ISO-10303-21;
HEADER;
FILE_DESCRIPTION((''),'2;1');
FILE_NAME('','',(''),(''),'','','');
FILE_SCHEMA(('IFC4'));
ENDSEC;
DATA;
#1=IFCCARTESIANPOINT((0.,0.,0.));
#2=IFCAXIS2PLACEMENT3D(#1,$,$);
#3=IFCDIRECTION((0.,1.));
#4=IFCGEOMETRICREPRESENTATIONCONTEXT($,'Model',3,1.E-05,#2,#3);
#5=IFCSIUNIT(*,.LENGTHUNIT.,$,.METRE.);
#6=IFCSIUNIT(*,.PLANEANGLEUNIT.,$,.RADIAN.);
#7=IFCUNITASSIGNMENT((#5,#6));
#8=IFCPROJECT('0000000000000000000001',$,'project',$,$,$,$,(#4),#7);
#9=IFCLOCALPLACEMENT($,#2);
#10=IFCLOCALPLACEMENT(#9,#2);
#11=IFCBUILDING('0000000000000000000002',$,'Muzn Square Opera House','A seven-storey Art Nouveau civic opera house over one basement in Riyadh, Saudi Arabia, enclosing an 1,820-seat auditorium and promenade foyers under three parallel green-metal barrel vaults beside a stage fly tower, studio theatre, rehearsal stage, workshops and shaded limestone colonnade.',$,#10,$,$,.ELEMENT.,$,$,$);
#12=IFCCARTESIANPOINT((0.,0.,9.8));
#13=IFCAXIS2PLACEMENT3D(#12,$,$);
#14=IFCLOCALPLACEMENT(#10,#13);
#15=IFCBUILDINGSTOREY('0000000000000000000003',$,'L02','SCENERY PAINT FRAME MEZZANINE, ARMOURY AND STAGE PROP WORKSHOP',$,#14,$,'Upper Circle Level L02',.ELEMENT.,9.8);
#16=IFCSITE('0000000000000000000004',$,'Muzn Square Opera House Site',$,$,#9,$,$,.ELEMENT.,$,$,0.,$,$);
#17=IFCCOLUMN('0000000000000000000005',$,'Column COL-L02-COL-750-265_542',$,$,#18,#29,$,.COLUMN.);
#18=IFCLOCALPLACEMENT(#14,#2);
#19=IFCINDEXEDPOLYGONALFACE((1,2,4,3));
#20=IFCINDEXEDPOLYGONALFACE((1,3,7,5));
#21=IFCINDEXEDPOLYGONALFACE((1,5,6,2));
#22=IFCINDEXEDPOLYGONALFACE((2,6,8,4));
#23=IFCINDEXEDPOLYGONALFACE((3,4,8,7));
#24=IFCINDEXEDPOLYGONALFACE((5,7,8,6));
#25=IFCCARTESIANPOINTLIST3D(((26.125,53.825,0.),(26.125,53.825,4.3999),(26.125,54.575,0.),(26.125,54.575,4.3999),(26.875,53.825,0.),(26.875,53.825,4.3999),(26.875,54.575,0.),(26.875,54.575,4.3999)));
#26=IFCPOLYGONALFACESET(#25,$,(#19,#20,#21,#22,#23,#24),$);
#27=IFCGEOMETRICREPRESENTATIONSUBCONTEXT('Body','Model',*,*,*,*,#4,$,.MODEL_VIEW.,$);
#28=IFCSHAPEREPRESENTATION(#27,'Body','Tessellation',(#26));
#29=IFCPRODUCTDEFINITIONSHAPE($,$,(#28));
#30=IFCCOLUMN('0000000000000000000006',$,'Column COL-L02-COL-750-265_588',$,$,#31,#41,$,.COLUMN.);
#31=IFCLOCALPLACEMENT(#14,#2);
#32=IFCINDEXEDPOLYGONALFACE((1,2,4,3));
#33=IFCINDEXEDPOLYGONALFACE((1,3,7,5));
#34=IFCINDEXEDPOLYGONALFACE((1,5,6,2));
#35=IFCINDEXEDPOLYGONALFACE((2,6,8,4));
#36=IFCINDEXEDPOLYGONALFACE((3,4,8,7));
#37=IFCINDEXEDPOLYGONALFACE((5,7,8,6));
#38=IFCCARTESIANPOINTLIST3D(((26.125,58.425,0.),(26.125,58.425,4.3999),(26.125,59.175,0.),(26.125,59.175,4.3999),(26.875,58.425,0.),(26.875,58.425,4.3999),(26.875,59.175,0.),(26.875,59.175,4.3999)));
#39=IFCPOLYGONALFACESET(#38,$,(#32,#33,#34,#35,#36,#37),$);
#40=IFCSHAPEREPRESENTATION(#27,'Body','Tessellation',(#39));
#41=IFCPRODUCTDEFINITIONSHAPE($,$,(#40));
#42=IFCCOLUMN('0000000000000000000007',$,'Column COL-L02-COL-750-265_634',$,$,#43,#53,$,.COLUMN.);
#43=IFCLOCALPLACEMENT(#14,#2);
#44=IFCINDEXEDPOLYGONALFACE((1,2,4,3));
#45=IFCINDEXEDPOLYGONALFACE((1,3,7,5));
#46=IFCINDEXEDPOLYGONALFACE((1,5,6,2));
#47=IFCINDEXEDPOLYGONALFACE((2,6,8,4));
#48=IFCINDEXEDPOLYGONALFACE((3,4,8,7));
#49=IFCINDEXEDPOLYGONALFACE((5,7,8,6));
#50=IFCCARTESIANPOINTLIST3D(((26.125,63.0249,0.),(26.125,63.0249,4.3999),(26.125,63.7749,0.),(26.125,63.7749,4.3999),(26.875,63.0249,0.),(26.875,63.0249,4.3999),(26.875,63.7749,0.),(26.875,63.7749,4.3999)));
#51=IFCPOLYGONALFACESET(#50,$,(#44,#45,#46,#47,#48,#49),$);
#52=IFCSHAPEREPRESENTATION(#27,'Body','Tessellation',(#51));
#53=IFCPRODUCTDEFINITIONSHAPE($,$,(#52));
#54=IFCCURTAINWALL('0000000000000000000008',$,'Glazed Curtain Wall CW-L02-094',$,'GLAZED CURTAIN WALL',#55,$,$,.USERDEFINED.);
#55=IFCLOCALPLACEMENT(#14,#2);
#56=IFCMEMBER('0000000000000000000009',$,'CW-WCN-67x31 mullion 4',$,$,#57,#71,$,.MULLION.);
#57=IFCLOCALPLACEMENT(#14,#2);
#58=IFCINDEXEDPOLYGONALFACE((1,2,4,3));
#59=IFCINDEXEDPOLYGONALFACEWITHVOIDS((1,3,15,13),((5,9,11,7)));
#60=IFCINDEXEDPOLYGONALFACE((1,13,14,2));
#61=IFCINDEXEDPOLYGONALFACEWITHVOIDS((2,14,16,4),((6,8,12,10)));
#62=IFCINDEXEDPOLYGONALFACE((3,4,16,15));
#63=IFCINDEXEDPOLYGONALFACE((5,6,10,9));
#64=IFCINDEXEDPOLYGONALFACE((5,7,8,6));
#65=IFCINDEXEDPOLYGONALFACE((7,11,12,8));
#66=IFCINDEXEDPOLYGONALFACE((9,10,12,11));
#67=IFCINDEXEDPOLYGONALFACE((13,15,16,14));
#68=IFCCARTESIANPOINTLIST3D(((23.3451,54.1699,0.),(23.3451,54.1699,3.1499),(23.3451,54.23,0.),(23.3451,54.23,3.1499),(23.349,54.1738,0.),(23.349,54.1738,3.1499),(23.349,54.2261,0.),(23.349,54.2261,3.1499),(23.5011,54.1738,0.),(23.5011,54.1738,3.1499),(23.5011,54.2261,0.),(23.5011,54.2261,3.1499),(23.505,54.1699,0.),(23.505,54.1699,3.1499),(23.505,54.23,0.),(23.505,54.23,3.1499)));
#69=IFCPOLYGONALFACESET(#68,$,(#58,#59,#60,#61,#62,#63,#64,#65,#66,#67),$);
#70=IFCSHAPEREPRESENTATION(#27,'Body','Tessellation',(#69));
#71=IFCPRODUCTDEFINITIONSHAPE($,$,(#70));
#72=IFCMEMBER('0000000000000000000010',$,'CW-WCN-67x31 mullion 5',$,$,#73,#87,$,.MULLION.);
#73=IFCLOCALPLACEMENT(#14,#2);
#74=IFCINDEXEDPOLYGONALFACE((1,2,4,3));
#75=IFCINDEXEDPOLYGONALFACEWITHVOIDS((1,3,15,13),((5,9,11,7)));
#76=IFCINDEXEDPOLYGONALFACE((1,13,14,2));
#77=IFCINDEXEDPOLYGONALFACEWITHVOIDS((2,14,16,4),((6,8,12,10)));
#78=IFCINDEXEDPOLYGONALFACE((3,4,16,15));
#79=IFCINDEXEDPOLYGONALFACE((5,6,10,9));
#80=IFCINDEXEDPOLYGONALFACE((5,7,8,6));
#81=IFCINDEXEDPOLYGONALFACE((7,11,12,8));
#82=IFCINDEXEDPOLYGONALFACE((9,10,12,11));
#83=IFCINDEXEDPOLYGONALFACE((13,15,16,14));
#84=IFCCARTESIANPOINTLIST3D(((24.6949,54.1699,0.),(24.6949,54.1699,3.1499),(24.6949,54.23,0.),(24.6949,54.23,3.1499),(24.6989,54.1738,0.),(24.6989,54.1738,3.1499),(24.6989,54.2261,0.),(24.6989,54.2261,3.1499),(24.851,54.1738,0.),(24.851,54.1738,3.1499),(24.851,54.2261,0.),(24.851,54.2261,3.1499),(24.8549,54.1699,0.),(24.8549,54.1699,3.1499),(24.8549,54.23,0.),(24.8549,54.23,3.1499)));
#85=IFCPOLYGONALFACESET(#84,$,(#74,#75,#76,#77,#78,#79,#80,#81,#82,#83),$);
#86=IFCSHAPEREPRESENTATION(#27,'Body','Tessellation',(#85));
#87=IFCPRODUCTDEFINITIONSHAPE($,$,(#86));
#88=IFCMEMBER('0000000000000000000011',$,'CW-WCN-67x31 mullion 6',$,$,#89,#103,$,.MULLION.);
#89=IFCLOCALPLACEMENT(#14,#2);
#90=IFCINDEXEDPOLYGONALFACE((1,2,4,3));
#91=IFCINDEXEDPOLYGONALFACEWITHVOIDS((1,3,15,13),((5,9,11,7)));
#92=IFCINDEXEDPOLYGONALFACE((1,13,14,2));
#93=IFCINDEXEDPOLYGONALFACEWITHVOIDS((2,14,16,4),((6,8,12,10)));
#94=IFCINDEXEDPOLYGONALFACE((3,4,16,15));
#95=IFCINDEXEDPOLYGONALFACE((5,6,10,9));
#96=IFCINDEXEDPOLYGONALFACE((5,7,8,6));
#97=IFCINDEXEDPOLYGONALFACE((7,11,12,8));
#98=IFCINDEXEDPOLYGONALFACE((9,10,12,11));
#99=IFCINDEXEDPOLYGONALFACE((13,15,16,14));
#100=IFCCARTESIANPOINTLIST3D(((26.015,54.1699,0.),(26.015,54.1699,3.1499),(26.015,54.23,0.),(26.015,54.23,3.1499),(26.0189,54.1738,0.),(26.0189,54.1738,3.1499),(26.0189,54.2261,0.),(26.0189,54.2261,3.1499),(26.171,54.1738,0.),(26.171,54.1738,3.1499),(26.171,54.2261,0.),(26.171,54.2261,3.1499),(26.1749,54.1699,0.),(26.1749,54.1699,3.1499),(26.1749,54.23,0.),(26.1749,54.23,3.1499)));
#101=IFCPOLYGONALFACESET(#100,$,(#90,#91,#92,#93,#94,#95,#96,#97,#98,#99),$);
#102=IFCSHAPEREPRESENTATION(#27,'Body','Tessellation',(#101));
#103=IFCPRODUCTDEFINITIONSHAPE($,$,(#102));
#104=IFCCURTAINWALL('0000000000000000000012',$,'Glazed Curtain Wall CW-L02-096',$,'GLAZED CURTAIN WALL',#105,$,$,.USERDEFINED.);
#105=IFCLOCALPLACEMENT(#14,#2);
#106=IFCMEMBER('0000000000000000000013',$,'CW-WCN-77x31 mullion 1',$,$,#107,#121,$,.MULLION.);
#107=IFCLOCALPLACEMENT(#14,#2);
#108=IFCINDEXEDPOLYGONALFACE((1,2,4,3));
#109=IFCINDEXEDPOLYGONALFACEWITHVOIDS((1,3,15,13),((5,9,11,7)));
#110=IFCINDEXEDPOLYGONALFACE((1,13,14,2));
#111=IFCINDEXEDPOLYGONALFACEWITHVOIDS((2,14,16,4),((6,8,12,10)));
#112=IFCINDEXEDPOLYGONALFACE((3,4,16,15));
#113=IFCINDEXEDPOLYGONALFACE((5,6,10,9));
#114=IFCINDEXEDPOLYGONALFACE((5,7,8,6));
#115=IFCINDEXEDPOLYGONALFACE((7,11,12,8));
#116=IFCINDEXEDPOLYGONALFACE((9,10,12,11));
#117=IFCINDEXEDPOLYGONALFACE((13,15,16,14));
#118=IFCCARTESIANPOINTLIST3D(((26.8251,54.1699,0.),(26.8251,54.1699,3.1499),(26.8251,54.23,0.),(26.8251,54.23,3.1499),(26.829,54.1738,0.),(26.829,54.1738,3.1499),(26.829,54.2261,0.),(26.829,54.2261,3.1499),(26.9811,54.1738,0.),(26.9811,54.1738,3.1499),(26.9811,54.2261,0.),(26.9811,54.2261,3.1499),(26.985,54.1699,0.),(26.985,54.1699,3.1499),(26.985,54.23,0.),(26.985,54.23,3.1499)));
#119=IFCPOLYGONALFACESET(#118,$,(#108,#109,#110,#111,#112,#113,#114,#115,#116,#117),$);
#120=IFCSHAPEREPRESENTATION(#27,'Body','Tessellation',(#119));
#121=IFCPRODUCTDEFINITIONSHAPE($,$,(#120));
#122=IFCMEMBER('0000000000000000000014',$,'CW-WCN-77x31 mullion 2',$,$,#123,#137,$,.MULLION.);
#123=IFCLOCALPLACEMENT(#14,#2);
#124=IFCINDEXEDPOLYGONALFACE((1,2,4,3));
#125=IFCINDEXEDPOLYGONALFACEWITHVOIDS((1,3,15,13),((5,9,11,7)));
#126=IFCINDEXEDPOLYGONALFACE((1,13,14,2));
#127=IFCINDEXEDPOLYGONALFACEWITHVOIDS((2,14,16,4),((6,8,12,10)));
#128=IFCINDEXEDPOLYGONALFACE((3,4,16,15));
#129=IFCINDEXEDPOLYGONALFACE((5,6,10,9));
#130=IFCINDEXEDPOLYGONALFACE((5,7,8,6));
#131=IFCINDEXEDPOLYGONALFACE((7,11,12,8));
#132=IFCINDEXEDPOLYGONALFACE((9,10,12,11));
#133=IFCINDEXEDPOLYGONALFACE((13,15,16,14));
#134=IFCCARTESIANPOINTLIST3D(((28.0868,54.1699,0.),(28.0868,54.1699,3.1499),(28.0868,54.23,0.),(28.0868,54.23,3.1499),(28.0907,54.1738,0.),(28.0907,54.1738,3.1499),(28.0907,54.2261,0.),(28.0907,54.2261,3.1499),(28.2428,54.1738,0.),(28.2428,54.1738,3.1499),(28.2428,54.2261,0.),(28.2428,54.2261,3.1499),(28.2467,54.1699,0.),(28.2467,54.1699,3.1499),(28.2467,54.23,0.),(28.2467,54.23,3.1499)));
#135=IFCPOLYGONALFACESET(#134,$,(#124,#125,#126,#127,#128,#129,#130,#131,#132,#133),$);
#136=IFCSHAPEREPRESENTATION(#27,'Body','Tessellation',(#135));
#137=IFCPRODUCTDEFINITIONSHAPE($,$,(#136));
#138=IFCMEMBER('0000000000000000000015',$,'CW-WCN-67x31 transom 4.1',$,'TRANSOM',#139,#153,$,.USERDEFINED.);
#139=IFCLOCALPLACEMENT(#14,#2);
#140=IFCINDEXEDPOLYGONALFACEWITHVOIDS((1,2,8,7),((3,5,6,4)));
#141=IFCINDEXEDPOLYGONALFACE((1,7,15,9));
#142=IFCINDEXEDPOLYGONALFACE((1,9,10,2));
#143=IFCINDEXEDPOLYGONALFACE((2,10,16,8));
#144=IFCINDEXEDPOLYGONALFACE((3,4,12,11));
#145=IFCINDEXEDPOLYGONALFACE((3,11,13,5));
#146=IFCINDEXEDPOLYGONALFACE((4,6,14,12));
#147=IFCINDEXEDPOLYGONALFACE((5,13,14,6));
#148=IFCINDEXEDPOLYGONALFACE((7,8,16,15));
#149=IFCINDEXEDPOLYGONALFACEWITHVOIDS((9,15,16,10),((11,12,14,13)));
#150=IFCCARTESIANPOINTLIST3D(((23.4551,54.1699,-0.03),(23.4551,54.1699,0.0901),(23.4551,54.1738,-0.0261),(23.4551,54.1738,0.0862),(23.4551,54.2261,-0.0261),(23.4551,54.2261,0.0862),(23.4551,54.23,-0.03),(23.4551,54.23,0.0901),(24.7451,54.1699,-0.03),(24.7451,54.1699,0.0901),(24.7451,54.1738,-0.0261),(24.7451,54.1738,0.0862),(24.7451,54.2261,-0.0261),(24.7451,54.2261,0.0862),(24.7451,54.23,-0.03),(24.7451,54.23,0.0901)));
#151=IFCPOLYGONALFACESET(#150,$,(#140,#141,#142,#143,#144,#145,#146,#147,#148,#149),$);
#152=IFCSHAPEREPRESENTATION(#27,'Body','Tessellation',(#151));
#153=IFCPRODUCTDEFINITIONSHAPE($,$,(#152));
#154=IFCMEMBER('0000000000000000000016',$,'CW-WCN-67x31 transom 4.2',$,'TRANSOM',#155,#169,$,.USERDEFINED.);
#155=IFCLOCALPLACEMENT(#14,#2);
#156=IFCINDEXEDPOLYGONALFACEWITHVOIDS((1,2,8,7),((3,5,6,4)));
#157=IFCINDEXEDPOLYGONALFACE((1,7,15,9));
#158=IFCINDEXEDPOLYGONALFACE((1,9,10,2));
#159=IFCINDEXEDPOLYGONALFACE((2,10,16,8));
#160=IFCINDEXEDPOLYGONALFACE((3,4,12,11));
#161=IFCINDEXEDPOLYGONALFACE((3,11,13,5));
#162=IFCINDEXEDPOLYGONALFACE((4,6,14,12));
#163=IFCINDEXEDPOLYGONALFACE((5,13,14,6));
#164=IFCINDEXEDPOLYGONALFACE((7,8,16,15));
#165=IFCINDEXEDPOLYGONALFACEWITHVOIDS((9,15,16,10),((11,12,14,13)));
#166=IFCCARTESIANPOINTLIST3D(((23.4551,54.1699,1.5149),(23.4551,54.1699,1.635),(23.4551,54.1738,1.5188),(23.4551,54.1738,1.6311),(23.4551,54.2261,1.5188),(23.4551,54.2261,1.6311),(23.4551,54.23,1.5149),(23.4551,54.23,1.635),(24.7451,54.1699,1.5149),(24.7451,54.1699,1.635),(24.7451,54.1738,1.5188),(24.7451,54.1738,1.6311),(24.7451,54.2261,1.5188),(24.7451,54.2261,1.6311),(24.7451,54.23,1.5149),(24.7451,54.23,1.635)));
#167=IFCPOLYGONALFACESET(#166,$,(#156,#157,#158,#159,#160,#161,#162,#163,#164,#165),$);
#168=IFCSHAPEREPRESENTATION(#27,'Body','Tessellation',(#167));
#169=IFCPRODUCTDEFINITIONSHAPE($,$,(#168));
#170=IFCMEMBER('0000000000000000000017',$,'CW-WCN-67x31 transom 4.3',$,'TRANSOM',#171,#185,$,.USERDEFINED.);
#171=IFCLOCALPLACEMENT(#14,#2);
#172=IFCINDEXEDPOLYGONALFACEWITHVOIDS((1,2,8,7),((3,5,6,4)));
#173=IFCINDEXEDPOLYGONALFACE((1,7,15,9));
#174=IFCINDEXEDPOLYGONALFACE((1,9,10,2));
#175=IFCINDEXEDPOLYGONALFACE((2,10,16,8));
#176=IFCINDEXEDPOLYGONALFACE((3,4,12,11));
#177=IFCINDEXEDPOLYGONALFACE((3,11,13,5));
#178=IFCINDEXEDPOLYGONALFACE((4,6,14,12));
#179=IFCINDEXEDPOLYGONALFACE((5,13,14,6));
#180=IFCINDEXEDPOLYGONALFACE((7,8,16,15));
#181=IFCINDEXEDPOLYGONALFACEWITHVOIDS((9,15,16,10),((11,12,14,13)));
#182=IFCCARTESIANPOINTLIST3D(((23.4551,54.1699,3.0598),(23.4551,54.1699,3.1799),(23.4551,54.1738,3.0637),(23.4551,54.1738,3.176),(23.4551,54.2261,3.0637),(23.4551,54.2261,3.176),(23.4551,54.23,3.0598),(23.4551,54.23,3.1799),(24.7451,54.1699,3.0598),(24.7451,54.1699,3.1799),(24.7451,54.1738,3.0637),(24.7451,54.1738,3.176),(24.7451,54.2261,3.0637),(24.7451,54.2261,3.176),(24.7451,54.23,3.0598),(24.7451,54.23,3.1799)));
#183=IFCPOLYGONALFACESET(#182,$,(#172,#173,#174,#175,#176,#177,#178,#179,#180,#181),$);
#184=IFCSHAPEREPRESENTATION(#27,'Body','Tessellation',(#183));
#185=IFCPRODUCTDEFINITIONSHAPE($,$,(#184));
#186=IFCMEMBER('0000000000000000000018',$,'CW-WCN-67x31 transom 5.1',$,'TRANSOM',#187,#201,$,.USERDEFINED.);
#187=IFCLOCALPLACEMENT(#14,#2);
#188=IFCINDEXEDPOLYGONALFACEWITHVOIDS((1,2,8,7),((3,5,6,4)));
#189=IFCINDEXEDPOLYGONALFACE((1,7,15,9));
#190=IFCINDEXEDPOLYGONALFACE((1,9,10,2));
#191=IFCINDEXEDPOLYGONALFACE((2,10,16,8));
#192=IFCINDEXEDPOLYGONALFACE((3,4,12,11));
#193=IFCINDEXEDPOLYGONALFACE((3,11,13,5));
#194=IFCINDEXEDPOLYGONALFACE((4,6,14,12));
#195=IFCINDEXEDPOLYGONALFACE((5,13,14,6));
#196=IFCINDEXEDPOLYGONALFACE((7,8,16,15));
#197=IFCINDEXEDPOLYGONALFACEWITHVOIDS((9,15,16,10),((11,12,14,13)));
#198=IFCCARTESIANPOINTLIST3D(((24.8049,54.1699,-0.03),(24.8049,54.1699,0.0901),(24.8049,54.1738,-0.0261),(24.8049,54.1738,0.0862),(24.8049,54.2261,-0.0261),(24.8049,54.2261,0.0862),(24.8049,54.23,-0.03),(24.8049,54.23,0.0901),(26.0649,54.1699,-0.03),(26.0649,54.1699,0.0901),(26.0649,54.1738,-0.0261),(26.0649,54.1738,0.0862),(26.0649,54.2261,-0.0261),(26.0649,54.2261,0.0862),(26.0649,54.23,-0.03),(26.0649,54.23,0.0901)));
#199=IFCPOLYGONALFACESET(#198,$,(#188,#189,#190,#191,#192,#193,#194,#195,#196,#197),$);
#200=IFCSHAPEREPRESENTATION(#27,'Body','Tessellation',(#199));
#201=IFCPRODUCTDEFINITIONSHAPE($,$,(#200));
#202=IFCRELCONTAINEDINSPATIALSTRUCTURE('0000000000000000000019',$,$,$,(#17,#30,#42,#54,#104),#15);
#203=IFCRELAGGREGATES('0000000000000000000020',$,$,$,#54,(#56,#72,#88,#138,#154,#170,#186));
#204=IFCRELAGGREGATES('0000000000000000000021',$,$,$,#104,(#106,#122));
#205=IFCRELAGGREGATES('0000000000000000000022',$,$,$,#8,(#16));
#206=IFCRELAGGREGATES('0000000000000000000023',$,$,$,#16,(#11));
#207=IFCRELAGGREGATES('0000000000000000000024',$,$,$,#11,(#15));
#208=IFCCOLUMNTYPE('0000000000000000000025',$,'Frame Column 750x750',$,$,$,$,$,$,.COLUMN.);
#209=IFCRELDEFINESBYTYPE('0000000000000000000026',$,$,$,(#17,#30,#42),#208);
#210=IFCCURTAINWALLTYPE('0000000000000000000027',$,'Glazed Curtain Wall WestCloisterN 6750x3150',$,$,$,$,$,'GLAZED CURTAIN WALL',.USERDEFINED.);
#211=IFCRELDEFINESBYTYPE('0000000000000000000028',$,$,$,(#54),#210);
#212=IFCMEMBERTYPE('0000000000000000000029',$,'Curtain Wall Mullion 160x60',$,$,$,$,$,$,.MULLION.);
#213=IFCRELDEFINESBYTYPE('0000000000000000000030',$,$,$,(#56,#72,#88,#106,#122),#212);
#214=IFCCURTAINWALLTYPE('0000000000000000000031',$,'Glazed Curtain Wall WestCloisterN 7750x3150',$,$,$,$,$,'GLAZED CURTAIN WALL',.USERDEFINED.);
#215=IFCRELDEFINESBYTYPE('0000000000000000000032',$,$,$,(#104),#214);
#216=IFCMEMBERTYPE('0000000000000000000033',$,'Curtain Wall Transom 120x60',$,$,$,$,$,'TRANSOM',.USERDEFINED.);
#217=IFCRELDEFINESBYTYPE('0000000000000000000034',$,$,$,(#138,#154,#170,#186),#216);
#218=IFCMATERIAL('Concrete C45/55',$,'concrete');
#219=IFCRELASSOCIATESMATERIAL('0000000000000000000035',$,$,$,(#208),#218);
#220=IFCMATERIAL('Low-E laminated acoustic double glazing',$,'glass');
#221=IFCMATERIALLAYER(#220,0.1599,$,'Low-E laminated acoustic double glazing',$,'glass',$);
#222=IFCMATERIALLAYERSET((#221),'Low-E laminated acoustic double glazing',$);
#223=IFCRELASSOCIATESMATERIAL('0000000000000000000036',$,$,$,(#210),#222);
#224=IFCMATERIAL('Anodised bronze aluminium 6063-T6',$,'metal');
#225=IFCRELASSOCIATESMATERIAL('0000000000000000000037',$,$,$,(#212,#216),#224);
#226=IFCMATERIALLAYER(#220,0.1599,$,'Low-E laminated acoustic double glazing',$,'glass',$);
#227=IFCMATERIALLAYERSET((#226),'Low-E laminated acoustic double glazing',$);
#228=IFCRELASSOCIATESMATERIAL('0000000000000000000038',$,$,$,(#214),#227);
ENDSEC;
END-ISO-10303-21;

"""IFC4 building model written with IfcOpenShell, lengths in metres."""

from ifc_helpers import new_model, si_unit, direction, frame, origin, origin_2d, place, context, subcontext, project, spatial, rectangle, hollow_rectangle, extrude, material, layer, layer_set, material_profile, profile_set, type_object, element, aggregate, save


model = new_model("IFC4")

# Units and contexts
model_context = context("Model", 3, precision=1e-05, world=origin(), true_north=direction((0.0, 1.0)))
body_context = subcontext(model_context, "Body", "Model", "MODEL_VIEW")
ifc_project = project(units=[si_unit("LENGTHUNIT", "METRE"), si_unit("PLANEANGLEUNIT", "RADIAN")], contexts=[model_context])

# Site, building, storey
site_placement = place(None, origin())
site = spatial("IfcSite", under=ifc_project, at=site_placement, Name="Muzn Square Opera House Site", CompositionType="ELEMENT", RefElevation=0.0)
building_placement = place(site_placement, origin())
building = spatial("IfcBuilding", under=site, at=building_placement, Name="Muzn Square Opera House", Description="A seven-storey Art Nouveau civic opera house over one basement in Riyadh, Saudi Arabia, enclosing an 1,820-seat auditorium and promenade foyers under three parallel green-metal barrel vaults beside a stage fly tower, studio theatre, rehearsal stage, workshops and shaded limestone colonnade.", CompositionType="ELEMENT")
storey_placement = place(building_placement, frame((0.0, 0.0, 9.8)))
storey = spatial("IfcBuildingStorey", under=building, at=storey_placement, Name="L02", Description="SCENERY PAINT FRAME MEZZANINE, ARMOURY AND STAGE PROP WORKSHOP", LongName="Upper Circle Level L02", CompositionType="ELEMENT", Elevation=9.8)

# Columns
ifc_material_1 = material(Name="Concrete C45/55", Category="concrete")
ifc_material_profile_1 = material_profile(ifc_material_1, rectangle(XDim=0.75, YDim=0.75, at=origin_2d()), Name="RC 750x750", Category="concrete")
ifc_profile_set_1 = profile_set([ifc_material_profile_1], Name="Concrete C45/55")
column_type = type_object("IfcColumnType", Name="Frame Column 750x750", PredefinedType="COLUMN", material=ifc_profile_set_1)
for number, where, z_axis, x_axis, name in (
    (1, (26.5, 54.2, 0.0), (0.0, 0.0, 1.0), (1.0, 0.0, 0.0), "Column COL-L02-COL-750-265_542"),
    (2, (26.5, 58.8, 0.0), (0.0, 0.0, 1.0), (1.0, 0.0, 0.0), "Column COL-L02-COL-750-265_588"),
    (3, (26.5, 63.3999, 0.0), (0.0, 0.0, 1.0), (1.0, 0.0, 0.0), "Column COL-L02-COL-750-265_634"),
):
    element("IfcColumn", number, at=place(storey_placement, frame(where, z_axis=z_axis, x_axis=x_axis)), inside=storey, type_object=column_type, Name=name, PredefinedType="COLUMN", context=body_context, shape_type="SweptSolid", body=[
        extrude(rectangle(XDim=0.75, YDim=0.75, at=origin_2d()), origin(), (0.0, 0.0, 1.0), 4.3999),
    ])

# Curtain walls, members
ifc_material_2 = material(Name="Low-E laminated acoustic double glazing", Category="glass")
ifc_layer_1 = layer(ifc_material_2, 0.1599, Name="Low-E laminated acoustic double glazing", Category="glass")
ifc_layer_set_1 = layer_set([ifc_layer_1], Name="Low-E laminated acoustic double glazing")
curtain_wall_type_1 = type_object("IfcCurtainWallType", Name="Glazed Curtain Wall WestCloisterN 6750x3150", ElementType="GLAZED CURTAIN WALL", PredefinedType="USERDEFINED", material=ifc_layer_set_1)
curtain_wall_1_placement = place(storey_placement, origin())
curtain_wall_1 = element("IfcCurtainWall", 4, at=curtain_wall_1_placement, inside=storey, type_object=curtain_wall_type_1, Name="Glazed Curtain Wall CW-L02-094", ObjectType="GLAZED CURTAIN WALL", PredefinedType="USERDEFINED")
ifc_material_3 = material(Name="Anodised bronze aluminium 6063-T6", Category="metal")
ifc_material_profile_2 = material_profile(ifc_material_3, hollow_rectangle(XDim=0.0601, YDim=0.1599, WallThickness=0.0039, at=origin_2d()), Name="ALU 160x60x4", Category="metal")
ifc_profile_set_2 = profile_set([ifc_material_profile_2], Name="Anodised bronze aluminium 6063-T6")
member_type_1 = type_object("IfcMemberType", Name="Curtain Wall Mullion 160x60", PredefinedType="MULLION", material=ifc_profile_set_2)
member_1_placement = place(storey_placement, frame((23.425, 54.2, 0.0), z_axis=(0.0, 0.0, 1.0), x_axis=(0.0, 1.0, 0.0)))
member_1 = element("IfcMember", 5, at=member_1_placement, type_object=member_type_1, Name="CW-WCN-67x31 mullion 4", PredefinedType="MULLION", context=body_context, shape_type="SweptSolid", body=[
    extrude(hollow_rectangle(XDim=0.0601, YDim=0.1599, WallThickness=0.0039, at=origin_2d()), origin(), (0.0, 0.0, 1.0), 3.1499),
])
member_2_placement = place(storey_placement, frame((24.7749, 54.2, 0.0), z_axis=(0.0, 0.0, 1.0), x_axis=(0.0, 1.0, 0.0)))
member_2 = element("IfcMember", 6, at=member_2_placement, type_object=member_type_1, Name="CW-WCN-67x31 mullion 5", PredefinedType="MULLION", context=body_context, shape_type="SweptSolid", body=[
    extrude(hollow_rectangle(XDim=0.0601, YDim=0.1599, WallThickness=0.0039, at=origin_2d()), origin(), (0.0, 0.0, 1.0), 3.1499),
])
member_3_placement = place(storey_placement, frame((26.095, 54.2, 0.0), z_axis=(0.0, 0.0, 1.0), x_axis=(0.0, 1.0, 0.0)))
member_3 = element("IfcMember", 7, at=member_3_placement, type_object=member_type_1, Name="CW-WCN-67x31 mullion 6", PredefinedType="MULLION", context=body_context, shape_type="SweptSolid", body=[
    extrude(hollow_rectangle(XDim=0.0601, YDim=0.1599, WallThickness=0.0039, at=origin_2d()), origin(), (0.0, 0.0, 1.0), 3.1499),
])
ifc_layer_2 = layer(ifc_material_2, 0.1599, Name="Low-E laminated acoustic double glazing", Category="glass")
ifc_layer_set_2 = layer_set([ifc_layer_2], Name="Low-E laminated acoustic double glazing")
curtain_wall_type_2 = type_object("IfcCurtainWallType", Name="Glazed Curtain Wall WestCloisterN 7750x3150", ElementType="GLAZED CURTAIN WALL", PredefinedType="USERDEFINED", material=ifc_layer_set_2)
curtain_wall_2_placement = place(storey_placement, origin())
curtain_wall_2 = element("IfcCurtainWall", 8, at=curtain_wall_2_placement, inside=storey, type_object=curtain_wall_type_2, Name="Glazed Curtain Wall CW-L02-096", ObjectType="GLAZED CURTAIN WALL", PredefinedType="USERDEFINED")
member_4_placement = place(storey_placement, frame((26.905, 54.2, 0.0), z_axis=(0.0, 0.0, 1.0), x_axis=(0.0, 1.0, 0.0)))
member_4 = element("IfcMember", 9, at=member_4_placement, type_object=member_type_1, Name="CW-WCN-77x31 mullion 1", PredefinedType="MULLION", context=body_context, shape_type="SweptSolid", body=[
    extrude(hollow_rectangle(XDim=0.0601, YDim=0.1599, WallThickness=0.0039, at=origin_2d()), origin(), (0.0, 0.0, 1.0), 3.1499),
])
member_5_placement = place(storey_placement, frame((28.1667, 54.2, 0.0), z_axis=(0.0, 0.0, 1.0), x_axis=(0.0, 1.0, 0.0)))
member_5 = element("IfcMember", 10, at=member_5_placement, type_object=member_type_1, Name="CW-WCN-77x31 mullion 2", PredefinedType="MULLION", context=body_context, shape_type="SweptSolid", body=[
    extrude(hollow_rectangle(XDim=0.0601, YDim=0.1599, WallThickness=0.0039, at=origin_2d()), origin(), (0.0, 0.0, 1.0), 3.1499),
])

# Members
ifc_material_profile_3 = material_profile(ifc_material_3, hollow_rectangle(XDim=0.0601, YDim=0.1201, WallThickness=0.0039, at=origin_2d()), Name="ALU 120x60x4", Category="metal")
ifc_profile_set_3 = profile_set([ifc_material_profile_3], Name="Anodised bronze aluminium 6063-T6")
member_type_2 = type_object("IfcMemberType", Name="Curtain Wall Transom 120x60", ElementType="TRANSOM", PredefinedType="USERDEFINED", material=ifc_profile_set_3)
member_6_placement = place(storey_placement, frame((23.4551, 54.2, 0.03), z_axis=(1.0, 0.0, 0.0), x_axis=(0.0, 1.0, 0.0)))
member_6 = element("IfcMember", 11, at=member_6_placement, type_object=member_type_2, Name="CW-WCN-67x31 transom 4.1", ObjectType="TRANSOM", PredefinedType="USERDEFINED", context=body_context, shape_type="SweptSolid", body=[
    extrude(hollow_rectangle(XDim=0.0601, YDim=0.1201, WallThickness=0.0039, at=origin_2d()), origin(), (0.0, 0.0, 1.0), 1.29),
])
member_7_placement = place(storey_placement, frame((23.4551, 54.2, 1.575), z_axis=(1.0, 0.0, 0.0), x_axis=(0.0, 1.0, 0.0)))
member_7 = element("IfcMember", 12, at=member_7_placement, type_object=member_type_2, Name="CW-WCN-67x31 transom 4.2", ObjectType="TRANSOM", PredefinedType="USERDEFINED", context=body_context, shape_type="SweptSolid", body=[
    extrude(hollow_rectangle(XDim=0.0601, YDim=0.1201, WallThickness=0.0039, at=origin_2d()), origin(), (0.0, 0.0, 1.0), 1.29),
])
member_8_placement = place(storey_placement, frame((23.4551, 54.2, 3.1199), z_axis=(1.0, 0.0, 0.0), x_axis=(0.0, 1.0, 0.0)))
member_8 = element("IfcMember", 13, at=member_8_placement, type_object=member_type_2, Name="CW-WCN-67x31 transom 4.3", ObjectType="TRANSOM", PredefinedType="USERDEFINED", context=body_context, shape_type="SweptSolid", body=[
    extrude(hollow_rectangle(XDim=0.0601, YDim=0.1201, WallThickness=0.0039, at=origin_2d()), origin(), (0.0, 0.0, 1.0), 1.29),
])
member_9_placement = place(storey_placement, frame((24.8049, 54.2, 0.03), z_axis=(1.0, 0.0, 0.0), x_axis=(0.0, 1.0, 0.0)))
member_9 = element("IfcMember", 14, at=member_9_placement, type_object=member_type_2, Name="CW-WCN-67x31 transom 5.1", ObjectType="TRANSOM", PredefinedType="USERDEFINED", context=body_context, shape_type="SweptSolid", body=[
    extrude(hollow_rectangle(XDim=0.0601, YDim=0.1201, WallThickness=0.0039, at=origin_2d()), origin(), (0.0, 0.0, 1.0), 1.26),
])

aggregate(curtain_wall_1, [member_1, member_2, member_3, member_6, member_7, member_8, member_9])
aggregate(curtain_wall_2, [member_4, member_5])

save(model, "model.ifc")
